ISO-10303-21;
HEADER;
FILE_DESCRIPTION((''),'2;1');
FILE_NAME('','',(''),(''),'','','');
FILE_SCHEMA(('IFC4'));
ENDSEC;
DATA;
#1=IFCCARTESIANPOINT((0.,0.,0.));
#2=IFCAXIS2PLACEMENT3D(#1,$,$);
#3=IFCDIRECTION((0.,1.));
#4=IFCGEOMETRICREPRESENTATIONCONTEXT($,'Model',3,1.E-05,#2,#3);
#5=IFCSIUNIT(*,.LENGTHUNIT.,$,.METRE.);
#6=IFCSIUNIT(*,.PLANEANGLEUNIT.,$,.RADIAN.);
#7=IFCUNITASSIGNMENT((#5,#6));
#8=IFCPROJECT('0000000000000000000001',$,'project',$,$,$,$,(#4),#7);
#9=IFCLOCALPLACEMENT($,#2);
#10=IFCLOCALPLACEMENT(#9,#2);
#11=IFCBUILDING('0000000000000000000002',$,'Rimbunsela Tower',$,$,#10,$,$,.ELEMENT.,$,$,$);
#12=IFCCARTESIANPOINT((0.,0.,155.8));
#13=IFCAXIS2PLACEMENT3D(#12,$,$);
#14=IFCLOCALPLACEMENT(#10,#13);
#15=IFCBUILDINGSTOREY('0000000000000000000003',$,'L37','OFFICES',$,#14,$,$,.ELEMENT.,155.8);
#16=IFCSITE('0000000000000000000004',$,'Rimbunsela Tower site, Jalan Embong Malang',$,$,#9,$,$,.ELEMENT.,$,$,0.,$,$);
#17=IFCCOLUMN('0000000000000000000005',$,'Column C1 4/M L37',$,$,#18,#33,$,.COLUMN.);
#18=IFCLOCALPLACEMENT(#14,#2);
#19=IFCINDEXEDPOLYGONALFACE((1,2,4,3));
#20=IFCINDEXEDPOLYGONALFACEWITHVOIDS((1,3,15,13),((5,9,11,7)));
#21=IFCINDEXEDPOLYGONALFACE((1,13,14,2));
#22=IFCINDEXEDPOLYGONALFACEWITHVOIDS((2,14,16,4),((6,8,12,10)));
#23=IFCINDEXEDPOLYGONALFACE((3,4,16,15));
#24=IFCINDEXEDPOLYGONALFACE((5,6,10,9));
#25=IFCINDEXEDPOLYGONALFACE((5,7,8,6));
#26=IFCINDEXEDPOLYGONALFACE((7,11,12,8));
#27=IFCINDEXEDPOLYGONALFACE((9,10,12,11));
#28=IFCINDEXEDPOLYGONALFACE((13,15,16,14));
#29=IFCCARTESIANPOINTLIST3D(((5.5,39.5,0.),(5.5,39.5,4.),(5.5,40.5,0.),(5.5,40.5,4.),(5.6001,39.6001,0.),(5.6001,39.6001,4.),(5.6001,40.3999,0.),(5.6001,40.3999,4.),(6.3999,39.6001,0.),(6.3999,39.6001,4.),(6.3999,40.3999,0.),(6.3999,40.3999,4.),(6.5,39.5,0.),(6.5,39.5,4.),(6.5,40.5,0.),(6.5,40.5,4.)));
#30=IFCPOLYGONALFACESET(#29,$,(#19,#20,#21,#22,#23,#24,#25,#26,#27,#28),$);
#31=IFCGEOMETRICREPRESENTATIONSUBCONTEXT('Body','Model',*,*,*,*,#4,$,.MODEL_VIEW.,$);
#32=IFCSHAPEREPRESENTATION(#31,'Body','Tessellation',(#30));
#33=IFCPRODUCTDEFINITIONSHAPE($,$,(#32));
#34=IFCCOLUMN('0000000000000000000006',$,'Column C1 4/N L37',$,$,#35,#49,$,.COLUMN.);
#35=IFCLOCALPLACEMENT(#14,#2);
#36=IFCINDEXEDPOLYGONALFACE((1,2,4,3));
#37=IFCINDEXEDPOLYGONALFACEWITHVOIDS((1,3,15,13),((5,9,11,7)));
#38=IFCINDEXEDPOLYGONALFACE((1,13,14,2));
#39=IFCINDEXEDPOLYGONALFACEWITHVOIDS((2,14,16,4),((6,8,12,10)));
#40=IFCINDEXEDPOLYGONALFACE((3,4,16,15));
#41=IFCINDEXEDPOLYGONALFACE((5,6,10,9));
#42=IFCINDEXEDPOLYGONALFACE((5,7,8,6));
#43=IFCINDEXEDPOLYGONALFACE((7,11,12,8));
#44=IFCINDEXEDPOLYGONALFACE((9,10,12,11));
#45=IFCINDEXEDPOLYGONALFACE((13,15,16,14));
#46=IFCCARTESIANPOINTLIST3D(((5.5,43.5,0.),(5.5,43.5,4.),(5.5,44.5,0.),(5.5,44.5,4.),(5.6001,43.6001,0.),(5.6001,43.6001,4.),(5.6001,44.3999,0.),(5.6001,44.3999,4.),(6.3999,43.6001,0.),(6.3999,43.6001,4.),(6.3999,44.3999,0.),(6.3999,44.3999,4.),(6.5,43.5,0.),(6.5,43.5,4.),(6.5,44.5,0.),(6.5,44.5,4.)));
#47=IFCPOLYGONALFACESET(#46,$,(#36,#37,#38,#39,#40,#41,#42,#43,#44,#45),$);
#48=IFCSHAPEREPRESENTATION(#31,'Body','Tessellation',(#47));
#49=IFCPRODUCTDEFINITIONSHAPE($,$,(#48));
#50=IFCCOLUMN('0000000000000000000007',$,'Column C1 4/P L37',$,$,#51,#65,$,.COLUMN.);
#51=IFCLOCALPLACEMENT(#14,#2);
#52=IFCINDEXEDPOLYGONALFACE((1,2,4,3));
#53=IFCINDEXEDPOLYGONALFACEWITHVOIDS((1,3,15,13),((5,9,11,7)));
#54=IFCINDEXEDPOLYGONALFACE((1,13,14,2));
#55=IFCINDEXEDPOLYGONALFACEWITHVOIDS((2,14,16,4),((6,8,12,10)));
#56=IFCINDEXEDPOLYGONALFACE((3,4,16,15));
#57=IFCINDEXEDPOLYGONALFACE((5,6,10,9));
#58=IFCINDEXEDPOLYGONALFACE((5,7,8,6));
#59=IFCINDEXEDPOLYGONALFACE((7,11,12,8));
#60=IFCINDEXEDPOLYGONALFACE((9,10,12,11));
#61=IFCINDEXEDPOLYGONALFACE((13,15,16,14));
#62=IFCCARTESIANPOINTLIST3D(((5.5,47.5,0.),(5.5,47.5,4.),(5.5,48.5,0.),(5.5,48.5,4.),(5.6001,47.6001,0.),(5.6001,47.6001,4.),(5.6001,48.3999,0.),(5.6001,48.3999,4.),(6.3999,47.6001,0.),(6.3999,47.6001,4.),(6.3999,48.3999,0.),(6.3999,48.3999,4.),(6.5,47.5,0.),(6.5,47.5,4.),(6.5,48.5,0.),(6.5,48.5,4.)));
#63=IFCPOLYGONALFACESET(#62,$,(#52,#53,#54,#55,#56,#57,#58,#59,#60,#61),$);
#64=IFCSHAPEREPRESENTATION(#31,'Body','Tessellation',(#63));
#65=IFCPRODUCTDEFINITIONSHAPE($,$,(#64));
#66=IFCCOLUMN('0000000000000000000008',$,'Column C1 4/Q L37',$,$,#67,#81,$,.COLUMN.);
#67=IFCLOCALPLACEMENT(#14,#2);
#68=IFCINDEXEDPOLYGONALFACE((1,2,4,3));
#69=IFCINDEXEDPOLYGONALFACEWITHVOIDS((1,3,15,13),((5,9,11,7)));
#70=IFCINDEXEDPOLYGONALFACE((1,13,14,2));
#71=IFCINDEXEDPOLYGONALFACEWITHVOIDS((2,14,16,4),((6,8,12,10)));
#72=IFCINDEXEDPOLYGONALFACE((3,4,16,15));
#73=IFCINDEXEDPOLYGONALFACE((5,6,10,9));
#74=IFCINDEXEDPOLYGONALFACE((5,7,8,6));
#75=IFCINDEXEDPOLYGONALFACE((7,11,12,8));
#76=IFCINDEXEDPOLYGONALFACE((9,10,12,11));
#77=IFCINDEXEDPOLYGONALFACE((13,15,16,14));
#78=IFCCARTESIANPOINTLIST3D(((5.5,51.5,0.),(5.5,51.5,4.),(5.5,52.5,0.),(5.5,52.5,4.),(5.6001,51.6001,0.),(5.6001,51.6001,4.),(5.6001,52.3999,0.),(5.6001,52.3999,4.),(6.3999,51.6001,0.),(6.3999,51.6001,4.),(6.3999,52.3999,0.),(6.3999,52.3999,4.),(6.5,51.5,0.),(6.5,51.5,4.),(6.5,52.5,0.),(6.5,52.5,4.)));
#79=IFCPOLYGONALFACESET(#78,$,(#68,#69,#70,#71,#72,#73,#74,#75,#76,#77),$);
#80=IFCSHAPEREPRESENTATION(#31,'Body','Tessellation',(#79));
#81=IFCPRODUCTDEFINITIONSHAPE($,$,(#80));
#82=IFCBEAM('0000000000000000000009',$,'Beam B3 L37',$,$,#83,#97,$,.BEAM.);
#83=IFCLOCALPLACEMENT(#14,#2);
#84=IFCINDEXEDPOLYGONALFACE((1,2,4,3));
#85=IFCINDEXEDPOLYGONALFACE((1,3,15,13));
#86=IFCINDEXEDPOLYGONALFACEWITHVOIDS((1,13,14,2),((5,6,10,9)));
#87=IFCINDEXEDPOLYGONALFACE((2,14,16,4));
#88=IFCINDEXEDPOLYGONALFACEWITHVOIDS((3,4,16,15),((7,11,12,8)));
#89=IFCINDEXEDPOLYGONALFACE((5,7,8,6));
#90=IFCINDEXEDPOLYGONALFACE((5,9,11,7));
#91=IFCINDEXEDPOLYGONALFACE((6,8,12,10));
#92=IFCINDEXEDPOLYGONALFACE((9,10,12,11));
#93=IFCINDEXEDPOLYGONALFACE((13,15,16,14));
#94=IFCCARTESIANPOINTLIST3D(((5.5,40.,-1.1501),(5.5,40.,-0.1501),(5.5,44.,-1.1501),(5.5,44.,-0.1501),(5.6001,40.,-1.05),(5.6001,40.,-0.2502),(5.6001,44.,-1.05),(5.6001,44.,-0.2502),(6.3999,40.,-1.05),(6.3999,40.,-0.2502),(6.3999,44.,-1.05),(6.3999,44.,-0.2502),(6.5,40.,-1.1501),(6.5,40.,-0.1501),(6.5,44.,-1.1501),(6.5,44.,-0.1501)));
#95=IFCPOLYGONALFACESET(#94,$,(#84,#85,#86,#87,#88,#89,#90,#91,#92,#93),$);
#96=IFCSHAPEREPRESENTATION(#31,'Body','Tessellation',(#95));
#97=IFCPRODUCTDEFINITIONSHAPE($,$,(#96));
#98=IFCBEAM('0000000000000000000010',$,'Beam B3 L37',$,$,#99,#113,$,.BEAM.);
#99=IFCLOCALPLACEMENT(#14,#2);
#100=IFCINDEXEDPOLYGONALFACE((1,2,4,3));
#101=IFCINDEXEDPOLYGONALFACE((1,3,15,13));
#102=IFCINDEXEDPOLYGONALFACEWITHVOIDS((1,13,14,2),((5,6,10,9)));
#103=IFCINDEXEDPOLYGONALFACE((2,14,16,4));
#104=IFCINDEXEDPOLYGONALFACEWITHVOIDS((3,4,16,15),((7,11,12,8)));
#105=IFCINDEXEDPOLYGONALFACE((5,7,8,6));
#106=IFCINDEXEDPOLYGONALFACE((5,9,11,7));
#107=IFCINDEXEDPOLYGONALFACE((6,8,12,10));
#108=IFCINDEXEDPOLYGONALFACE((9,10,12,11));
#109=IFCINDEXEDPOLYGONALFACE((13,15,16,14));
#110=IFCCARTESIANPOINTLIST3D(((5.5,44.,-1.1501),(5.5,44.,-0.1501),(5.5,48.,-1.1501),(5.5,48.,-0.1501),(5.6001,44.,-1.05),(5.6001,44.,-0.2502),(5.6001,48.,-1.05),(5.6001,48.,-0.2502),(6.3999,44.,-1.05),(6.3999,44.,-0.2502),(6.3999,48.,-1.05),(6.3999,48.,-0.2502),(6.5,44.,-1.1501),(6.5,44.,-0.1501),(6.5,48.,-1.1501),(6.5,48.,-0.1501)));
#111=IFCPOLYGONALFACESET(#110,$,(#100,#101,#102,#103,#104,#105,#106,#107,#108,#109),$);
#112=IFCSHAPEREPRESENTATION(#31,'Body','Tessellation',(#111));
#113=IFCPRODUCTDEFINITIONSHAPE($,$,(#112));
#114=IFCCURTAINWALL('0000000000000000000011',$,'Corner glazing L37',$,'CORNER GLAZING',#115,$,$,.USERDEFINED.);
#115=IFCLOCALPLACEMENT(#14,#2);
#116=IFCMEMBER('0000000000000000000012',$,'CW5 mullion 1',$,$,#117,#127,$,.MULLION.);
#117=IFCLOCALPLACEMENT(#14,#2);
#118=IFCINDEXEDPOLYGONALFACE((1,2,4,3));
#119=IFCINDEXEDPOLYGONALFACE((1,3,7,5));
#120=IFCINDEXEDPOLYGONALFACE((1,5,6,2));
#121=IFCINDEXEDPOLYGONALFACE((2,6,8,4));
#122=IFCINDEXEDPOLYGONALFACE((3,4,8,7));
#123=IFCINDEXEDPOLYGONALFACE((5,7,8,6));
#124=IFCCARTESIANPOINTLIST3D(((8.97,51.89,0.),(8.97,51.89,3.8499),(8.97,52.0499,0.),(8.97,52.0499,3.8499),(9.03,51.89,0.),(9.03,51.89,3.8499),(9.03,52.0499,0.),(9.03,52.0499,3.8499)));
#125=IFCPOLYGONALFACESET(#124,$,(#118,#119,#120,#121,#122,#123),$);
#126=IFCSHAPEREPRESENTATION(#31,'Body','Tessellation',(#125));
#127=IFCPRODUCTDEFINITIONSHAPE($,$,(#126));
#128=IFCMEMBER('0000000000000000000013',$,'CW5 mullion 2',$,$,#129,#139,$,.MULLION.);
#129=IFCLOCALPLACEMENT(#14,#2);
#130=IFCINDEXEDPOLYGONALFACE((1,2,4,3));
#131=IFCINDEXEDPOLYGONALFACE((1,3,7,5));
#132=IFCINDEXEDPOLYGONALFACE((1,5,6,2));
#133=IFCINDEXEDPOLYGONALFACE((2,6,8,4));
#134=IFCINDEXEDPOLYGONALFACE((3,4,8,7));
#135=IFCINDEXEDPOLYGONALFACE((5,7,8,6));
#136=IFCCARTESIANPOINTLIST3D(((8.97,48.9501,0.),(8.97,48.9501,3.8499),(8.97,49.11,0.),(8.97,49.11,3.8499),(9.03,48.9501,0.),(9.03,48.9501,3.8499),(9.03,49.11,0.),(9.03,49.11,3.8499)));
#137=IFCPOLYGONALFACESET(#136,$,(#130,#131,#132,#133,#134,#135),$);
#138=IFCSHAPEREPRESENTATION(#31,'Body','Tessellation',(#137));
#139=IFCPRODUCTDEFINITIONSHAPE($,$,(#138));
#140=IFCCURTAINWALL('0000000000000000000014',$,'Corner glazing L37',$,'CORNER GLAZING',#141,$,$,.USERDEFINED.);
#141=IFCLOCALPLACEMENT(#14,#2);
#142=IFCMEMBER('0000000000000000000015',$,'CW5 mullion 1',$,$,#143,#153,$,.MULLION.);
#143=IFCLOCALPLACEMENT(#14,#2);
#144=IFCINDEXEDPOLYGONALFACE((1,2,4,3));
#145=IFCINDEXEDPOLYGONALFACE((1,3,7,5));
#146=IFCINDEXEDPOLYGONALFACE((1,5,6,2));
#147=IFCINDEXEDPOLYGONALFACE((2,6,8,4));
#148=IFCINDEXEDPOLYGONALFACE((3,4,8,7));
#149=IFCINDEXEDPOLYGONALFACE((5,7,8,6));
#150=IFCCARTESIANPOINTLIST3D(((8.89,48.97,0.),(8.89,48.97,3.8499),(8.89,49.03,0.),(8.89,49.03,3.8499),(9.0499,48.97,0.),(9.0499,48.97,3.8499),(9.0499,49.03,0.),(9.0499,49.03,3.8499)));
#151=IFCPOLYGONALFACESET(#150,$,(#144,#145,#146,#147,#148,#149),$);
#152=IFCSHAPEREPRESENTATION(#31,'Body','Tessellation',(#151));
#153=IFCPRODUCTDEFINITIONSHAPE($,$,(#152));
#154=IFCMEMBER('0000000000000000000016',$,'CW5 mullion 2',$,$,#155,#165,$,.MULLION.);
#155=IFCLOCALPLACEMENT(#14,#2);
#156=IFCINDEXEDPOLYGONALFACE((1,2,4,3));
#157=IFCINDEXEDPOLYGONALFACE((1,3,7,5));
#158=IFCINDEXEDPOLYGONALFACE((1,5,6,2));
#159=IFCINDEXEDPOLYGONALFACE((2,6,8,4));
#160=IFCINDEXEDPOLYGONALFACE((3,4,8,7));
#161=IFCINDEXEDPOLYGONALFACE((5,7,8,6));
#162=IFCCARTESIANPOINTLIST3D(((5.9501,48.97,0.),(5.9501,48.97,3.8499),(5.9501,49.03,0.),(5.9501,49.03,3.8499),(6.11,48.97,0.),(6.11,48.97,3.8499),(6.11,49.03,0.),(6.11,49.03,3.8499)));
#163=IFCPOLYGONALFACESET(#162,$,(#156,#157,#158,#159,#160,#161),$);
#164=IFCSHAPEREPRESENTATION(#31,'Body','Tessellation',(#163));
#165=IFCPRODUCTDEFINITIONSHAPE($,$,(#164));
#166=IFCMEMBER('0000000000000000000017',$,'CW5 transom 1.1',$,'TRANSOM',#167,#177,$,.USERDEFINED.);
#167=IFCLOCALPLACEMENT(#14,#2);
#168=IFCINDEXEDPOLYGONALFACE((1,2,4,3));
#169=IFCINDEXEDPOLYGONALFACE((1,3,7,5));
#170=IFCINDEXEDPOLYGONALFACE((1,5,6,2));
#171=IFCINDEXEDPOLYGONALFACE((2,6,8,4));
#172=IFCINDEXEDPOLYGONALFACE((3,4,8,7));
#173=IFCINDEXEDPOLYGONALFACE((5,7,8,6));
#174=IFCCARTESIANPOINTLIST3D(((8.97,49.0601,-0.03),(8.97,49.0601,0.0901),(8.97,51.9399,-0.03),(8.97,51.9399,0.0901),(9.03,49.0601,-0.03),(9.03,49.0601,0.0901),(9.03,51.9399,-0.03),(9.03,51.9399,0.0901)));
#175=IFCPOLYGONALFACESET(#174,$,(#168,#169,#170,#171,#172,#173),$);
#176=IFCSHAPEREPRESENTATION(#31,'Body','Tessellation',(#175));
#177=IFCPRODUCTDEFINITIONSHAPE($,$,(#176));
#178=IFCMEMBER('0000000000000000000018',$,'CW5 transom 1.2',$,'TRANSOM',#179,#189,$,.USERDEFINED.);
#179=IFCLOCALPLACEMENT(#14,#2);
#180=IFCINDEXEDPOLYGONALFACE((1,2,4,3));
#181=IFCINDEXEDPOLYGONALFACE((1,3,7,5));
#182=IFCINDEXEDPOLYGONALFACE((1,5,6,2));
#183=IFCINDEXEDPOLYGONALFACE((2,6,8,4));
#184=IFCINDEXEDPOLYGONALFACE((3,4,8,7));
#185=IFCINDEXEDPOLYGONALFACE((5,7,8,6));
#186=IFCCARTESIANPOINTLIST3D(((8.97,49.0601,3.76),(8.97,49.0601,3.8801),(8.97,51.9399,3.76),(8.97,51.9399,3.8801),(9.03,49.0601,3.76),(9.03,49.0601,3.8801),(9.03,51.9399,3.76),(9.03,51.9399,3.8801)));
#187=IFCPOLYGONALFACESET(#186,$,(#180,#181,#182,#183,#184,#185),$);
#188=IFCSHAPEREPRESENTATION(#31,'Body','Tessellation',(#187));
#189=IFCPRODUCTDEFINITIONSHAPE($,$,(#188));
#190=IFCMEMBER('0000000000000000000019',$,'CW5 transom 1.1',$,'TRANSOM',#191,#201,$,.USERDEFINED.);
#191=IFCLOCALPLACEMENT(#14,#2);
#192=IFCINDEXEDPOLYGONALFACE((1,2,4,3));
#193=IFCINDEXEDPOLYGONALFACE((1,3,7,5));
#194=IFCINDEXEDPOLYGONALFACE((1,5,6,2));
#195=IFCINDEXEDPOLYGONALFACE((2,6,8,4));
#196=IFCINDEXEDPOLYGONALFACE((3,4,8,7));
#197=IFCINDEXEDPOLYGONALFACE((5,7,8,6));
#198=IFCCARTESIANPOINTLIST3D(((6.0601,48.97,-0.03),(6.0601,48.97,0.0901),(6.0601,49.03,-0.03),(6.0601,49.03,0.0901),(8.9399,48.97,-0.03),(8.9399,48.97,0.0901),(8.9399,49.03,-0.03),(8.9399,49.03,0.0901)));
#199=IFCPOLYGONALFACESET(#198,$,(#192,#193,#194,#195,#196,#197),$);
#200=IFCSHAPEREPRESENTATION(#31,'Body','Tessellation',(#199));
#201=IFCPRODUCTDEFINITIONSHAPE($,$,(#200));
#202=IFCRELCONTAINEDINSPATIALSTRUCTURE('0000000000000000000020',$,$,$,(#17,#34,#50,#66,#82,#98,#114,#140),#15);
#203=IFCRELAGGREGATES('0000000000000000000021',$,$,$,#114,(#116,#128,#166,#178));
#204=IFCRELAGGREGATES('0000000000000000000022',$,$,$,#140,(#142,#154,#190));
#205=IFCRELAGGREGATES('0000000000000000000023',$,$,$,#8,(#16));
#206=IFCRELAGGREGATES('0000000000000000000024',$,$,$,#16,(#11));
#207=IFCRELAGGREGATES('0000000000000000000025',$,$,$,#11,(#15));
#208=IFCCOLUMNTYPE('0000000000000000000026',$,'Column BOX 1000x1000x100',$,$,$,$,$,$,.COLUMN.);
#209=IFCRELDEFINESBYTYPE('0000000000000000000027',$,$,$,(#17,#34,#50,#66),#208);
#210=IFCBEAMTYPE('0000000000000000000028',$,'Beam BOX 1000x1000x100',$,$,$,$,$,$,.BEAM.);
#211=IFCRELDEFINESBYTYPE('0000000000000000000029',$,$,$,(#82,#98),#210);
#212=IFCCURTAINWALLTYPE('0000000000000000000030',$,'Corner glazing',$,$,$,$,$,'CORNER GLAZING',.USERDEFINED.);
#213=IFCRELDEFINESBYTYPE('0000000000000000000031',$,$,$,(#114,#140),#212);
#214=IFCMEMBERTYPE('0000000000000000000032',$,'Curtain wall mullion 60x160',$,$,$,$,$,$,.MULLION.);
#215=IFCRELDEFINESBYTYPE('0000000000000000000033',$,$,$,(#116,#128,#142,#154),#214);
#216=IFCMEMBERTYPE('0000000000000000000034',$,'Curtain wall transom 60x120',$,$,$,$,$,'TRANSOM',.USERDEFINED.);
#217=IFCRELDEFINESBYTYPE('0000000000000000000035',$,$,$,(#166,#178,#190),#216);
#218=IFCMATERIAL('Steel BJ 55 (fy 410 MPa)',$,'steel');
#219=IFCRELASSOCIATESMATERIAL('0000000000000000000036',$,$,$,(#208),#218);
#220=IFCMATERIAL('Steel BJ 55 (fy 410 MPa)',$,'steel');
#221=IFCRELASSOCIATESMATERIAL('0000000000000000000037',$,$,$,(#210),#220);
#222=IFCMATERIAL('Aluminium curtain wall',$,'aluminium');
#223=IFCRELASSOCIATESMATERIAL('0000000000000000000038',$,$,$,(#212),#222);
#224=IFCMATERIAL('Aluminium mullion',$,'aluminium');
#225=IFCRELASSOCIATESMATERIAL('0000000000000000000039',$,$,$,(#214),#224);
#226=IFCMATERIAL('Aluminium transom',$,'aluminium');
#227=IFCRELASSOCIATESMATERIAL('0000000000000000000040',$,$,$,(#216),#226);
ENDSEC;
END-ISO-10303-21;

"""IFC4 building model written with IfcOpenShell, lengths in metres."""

from ifc_helpers import new_model, si_unit, direction, frame, origin, origin_2d, place, context, subcontext, project, spatial, rectangle, hollow_rectangle, extrude, material, material_profile, profile_set, type_object, element, aggregate, save


model = new_model("IFC4")

# Units and contexts
model_context = context("Model", 3, precision=1e-05, world=origin(), true_north=direction((0.0, 1.0)))
body_context = subcontext(model_context, "Body", "Model", "MODEL_VIEW")
ifc_project = project(units=[si_unit("LENGTHUNIT", "METRE"), si_unit("PLANEANGLEUNIT", "RADIAN")], contexts=[model_context])

# Site, building, storey
site_placement = place(None, origin())
site = spatial("IfcSite", under=ifc_project, at=site_placement, Name="Rimbunsela Tower site, Jalan Embong Malang", CompositionType="ELEMENT", RefElevation=0.0)
building_placement = place(site_placement, origin())
building = spatial("IfcBuilding", under=site, at=building_placement, Name="Rimbunsela Tower", CompositionType="ELEMENT")
storey_placement = place(building_placement, frame((0.0, 0.0, 155.8)))
storey = spatial("IfcBuildingStorey", under=building, at=storey_placement, Name="L37", Description="OFFICES", CompositionType="ELEMENT", Elevation=155.8)

# Columns
ifc_material_1 = material(Name="Steel BJ 55 (fy 410 MPa)", Category="steel")
ifc_material_profile_1 = material_profile(ifc_material_1, hollow_rectangle(XDim=1.0, YDim=1.0, WallThickness=0.1001, at=origin_2d()), Name="BOX 1000x1000x100")
ifc_profile_set_1 = profile_set([ifc_material_profile_1], Name="Steel BJ 55 (fy 410 MPa)")
column_type = type_object("IfcColumnType", Name="Column BOX 1000x1000x100", PredefinedType="COLUMN", material=ifc_profile_set_1)
for number, where, z_axis, x_axis, name in (
    (1, (6.0, 40.0, 0.0), (0.0, 0.0, 1.0), (1.0, 0.0, 0.0), "Column C1 4/M L37"),
    (2, (6.0, 44.0, 0.0), (0.0, 0.0, 1.0), (1.0, 0.0, 0.0), "Column C1 4/N L37"),
    (3, (6.0, 48.0, 0.0), (0.0, 0.0, 1.0), (1.0, 0.0, 0.0), "Column C1 4/P L37"),
    (4, (6.0, 52.0, 0.0), (0.0, 0.0, 1.0), (1.0, 0.0, 0.0), "Column C1 4/Q L37"),
):
    element("IfcColumn", number, at=place(storey_placement, frame(where, z_axis=z_axis, x_axis=x_axis)), inside=storey, type_object=column_type, Name=name, PredefinedType="COLUMN", context=body_context, shape_type="SweptSolid", body=[
        extrude(hollow_rectangle(XDim=1.0, YDim=1.0, WallThickness=0.1001, at=origin_2d()), origin(), (0.0, 0.0, 1.0), 4.0),
    ])

# Beams
ifc_material_2 = material(Name="Steel BJ 55 (fy 410 MPa)", Category="steel")
ifc_material_profile_2 = material_profile(ifc_material_2, hollow_rectangle(XDim=1.0, YDim=1.0, WallThickness=0.1001, at=origin_2d()), Name="BOX 1000x1000x100")
ifc_profile_set_2 = profile_set([ifc_material_profile_2], Name="Steel BJ 55 (fy 410 MPa)")
beam_type = type_object("IfcBeamType", Name="Beam BOX 1000x1000x100", PredefinedType="BEAM", material=ifc_profile_set_2)
for number, where, z_axis, x_axis, name in (
    (5, (6.0, 40.0, -0.6501), (0.0, 1.0, 0.0), (-1.0, 0.0, 0.0), "Beam B3 L37"),
    (6, (6.0, 44.0, -0.6501), (0.0, 1.0, 0.0), (-1.0, 0.0, 0.0), "Beam B3 L37"),
):
    element("IfcBeam", number, at=place(storey_placement, frame(where, z_axis=z_axis, x_axis=x_axis)), inside=storey, type_object=beam_type, Name=name, PredefinedType="BEAM", context=body_context, shape_type="SweptSolid", body=[
        extrude(hollow_rectangle(XDim=1.0, YDim=1.0, WallThickness=0.1001, at=origin_2d()), origin(), (0.0, 0.0, 1.0), 4.0),
    ])

# Curtain walls, members
ifc_material_3 = material(Name="Aluminium curtain wall", Category="aluminium")
curtain_wall_type = type_object("IfcCurtainWallType", Name="Corner glazing", ElementType="CORNER GLAZING", PredefinedType="USERDEFINED", material=ifc_material_3)
curtain_wall_1_placement = place(storey_placement, origin())
curtain_wall_1 = element("IfcCurtainWall", 7, at=curtain_wall_1_placement, inside=storey, type_object=curtain_wall_type, Name="Corner glazing L37", ObjectType="CORNER GLAZING", PredefinedType="USERDEFINED")
ifc_material_4 = material(Name="Aluminium mullion", Category="aluminium")
ifc_material_profile_3 = material_profile(ifc_material_4, rectangle(XDim=0.0601, YDim=0.1599, at=origin_2d()), Name="Mullion 60x160")
ifc_profile_set_3 = profile_set([ifc_material_profile_3], Name="Aluminium mullion")
member_type_1 = type_object("IfcMemberType", Name="Curtain wall mullion 60x160", PredefinedType="MULLION", material=ifc_profile_set_3)
member_1_placement = place(storey_placement, frame((9.0, 51.97, 0.0), z_axis=(0.0, 0.0, 1.0), x_axis=(1.0, 0.0, 0.0)))
member_1 = element("IfcMember", 8, at=member_1_placement, type_object=member_type_1, Name="CW5 mullion 1", PredefinedType="MULLION", context=body_context, shape_type="SweptSolid", body=[
    extrude(rectangle(XDim=0.0601, YDim=0.1599, at=origin_2d()), origin(), (0.0, 0.0, 1.0), 3.8499),
])
member_2_placement = place(storey_placement, frame((9.0, 49.03, 0.0), z_axis=(0.0, 0.0, 1.0), x_axis=(1.0, 0.0, 0.0)))
member_2 = element("IfcMember", 9, at=member_2_placement, type_object=member_type_1, Name="CW5 mullion 2", PredefinedType="MULLION", context=body_context, shape_type="SweptSolid", body=[
    extrude(rectangle(XDim=0.0601, YDim=0.1599, at=origin_2d()), origin(), (0.0, 0.0, 1.0), 3.8499),
])
curtain_wall_2_placement = place(storey_placement, origin())
curtain_wall_2 = element("IfcCurtainWall", 10, at=curtain_wall_2_placement, inside=storey, type_object=curtain_wall_type, Name="Corner glazing L37", ObjectType="CORNER GLAZING", PredefinedType="USERDEFINED")
member_3_placement = place(storey_placement, frame((8.97, 49.0, 0.0), z_axis=(0.0, 0.0, 1.0), x_axis=(0.0, -1.0, 0.0)))
member_3 = element("IfcMember", 11, at=member_3_placement, type_object=member_type_1, Name="CW5 mullion 1", PredefinedType="MULLION", context=body_context, shape_type="SweptSolid", body=[
    extrude(rectangle(XDim=0.0601, YDim=0.1599, at=origin_2d()), origin(), (0.0, 0.0, 1.0), 3.8499),
])
member_4_placement = place(storey_placement, frame((6.03, 49.0, 0.0), z_axis=(0.0, 0.0, 1.0), x_axis=(0.0, -1.0, 0.0)))
member_4 = element("IfcMember", 12, at=member_4_placement, type_object=member_type_1, Name="CW5 mullion 2", PredefinedType="MULLION", context=body_context, shape_type="SweptSolid", body=[
    extrude(rectangle(XDim=0.0601, YDim=0.1599, at=origin_2d()), origin(), (0.0, 0.0, 1.0), 3.8499),
])

# Members
ifc_material_5 = material(Name="Aluminium transom", Category="aluminium")
ifc_material_profile_4 = material_profile(ifc_material_5, rectangle(XDim=0.0601, YDim=0.1201, at=origin_2d()), Name="Transom 60x120")
ifc_profile_set_4 = profile_set([ifc_material_profile_4], Name="Aluminium transom")
member_type_2 = type_object("IfcMemberType", Name="Curtain wall transom 60x120", ElementType="TRANSOM", PredefinedType="USERDEFINED", material=ifc_profile_set_4)
member_5_placement = place(storey_placement, frame((9.0, 51.9399, 0.03), z_axis=(0.0, -1.0, 0.0), x_axis=(1.0, 0.0, 0.0)))
member_5 = element("IfcMember", 13, at=member_5_placement, type_object=member_type_2, Name="CW5 transom 1.1", ObjectType="TRANSOM", PredefinedType="USERDEFINED", context=body_context, shape_type="SweptSolid", body=[
    extrude(rectangle(XDim=0.0601, YDim=0.1201, at=origin_2d()), origin(), (0.0, 0.0, 1.0), 2.8799),
])
member_6_placement = place(storey_placement, frame((9.0, 51.9399, 3.8201), z_axis=(0.0, -1.0, 0.0), x_axis=(1.0, 0.0, 0.0)))
member_6 = element("IfcMember", 14, at=member_6_placement, type_object=member_type_2, Name="CW5 transom 1.2", ObjectType="TRANSOM", PredefinedType="USERDEFINED", context=body_context, shape_type="SweptSolid", body=[
    extrude(rectangle(XDim=0.0601, YDim=0.1201, at=origin_2d()), origin(), (0.0, 0.0, 1.0), 2.8799),
])
member_7_placement = place(storey_placement, frame((8.9399, 49.0, 0.03), z_axis=(-1.0, 0.0, 0.0), x_axis=(0.0, -1.0, 0.0)))
member_7 = element("IfcMember", 15, at=member_7_placement, type_object=member_type_2, Name="CW5 transom 1.1", ObjectType="TRANSOM", PredefinedType="USERDEFINED", context=body_context, shape_type="SweptSolid", body=[
    extrude(rectangle(XDim=0.0601, YDim=0.1201, at=origin_2d()), origin(), (0.0, 0.0, 1.0), 2.8799),
])

aggregate(curtain_wall_1, [member_1, member_2, member_5, member_6])
aggregate(curtain_wall_2, [member_3, member_4, member_7])

save(model, "model.ifc")
